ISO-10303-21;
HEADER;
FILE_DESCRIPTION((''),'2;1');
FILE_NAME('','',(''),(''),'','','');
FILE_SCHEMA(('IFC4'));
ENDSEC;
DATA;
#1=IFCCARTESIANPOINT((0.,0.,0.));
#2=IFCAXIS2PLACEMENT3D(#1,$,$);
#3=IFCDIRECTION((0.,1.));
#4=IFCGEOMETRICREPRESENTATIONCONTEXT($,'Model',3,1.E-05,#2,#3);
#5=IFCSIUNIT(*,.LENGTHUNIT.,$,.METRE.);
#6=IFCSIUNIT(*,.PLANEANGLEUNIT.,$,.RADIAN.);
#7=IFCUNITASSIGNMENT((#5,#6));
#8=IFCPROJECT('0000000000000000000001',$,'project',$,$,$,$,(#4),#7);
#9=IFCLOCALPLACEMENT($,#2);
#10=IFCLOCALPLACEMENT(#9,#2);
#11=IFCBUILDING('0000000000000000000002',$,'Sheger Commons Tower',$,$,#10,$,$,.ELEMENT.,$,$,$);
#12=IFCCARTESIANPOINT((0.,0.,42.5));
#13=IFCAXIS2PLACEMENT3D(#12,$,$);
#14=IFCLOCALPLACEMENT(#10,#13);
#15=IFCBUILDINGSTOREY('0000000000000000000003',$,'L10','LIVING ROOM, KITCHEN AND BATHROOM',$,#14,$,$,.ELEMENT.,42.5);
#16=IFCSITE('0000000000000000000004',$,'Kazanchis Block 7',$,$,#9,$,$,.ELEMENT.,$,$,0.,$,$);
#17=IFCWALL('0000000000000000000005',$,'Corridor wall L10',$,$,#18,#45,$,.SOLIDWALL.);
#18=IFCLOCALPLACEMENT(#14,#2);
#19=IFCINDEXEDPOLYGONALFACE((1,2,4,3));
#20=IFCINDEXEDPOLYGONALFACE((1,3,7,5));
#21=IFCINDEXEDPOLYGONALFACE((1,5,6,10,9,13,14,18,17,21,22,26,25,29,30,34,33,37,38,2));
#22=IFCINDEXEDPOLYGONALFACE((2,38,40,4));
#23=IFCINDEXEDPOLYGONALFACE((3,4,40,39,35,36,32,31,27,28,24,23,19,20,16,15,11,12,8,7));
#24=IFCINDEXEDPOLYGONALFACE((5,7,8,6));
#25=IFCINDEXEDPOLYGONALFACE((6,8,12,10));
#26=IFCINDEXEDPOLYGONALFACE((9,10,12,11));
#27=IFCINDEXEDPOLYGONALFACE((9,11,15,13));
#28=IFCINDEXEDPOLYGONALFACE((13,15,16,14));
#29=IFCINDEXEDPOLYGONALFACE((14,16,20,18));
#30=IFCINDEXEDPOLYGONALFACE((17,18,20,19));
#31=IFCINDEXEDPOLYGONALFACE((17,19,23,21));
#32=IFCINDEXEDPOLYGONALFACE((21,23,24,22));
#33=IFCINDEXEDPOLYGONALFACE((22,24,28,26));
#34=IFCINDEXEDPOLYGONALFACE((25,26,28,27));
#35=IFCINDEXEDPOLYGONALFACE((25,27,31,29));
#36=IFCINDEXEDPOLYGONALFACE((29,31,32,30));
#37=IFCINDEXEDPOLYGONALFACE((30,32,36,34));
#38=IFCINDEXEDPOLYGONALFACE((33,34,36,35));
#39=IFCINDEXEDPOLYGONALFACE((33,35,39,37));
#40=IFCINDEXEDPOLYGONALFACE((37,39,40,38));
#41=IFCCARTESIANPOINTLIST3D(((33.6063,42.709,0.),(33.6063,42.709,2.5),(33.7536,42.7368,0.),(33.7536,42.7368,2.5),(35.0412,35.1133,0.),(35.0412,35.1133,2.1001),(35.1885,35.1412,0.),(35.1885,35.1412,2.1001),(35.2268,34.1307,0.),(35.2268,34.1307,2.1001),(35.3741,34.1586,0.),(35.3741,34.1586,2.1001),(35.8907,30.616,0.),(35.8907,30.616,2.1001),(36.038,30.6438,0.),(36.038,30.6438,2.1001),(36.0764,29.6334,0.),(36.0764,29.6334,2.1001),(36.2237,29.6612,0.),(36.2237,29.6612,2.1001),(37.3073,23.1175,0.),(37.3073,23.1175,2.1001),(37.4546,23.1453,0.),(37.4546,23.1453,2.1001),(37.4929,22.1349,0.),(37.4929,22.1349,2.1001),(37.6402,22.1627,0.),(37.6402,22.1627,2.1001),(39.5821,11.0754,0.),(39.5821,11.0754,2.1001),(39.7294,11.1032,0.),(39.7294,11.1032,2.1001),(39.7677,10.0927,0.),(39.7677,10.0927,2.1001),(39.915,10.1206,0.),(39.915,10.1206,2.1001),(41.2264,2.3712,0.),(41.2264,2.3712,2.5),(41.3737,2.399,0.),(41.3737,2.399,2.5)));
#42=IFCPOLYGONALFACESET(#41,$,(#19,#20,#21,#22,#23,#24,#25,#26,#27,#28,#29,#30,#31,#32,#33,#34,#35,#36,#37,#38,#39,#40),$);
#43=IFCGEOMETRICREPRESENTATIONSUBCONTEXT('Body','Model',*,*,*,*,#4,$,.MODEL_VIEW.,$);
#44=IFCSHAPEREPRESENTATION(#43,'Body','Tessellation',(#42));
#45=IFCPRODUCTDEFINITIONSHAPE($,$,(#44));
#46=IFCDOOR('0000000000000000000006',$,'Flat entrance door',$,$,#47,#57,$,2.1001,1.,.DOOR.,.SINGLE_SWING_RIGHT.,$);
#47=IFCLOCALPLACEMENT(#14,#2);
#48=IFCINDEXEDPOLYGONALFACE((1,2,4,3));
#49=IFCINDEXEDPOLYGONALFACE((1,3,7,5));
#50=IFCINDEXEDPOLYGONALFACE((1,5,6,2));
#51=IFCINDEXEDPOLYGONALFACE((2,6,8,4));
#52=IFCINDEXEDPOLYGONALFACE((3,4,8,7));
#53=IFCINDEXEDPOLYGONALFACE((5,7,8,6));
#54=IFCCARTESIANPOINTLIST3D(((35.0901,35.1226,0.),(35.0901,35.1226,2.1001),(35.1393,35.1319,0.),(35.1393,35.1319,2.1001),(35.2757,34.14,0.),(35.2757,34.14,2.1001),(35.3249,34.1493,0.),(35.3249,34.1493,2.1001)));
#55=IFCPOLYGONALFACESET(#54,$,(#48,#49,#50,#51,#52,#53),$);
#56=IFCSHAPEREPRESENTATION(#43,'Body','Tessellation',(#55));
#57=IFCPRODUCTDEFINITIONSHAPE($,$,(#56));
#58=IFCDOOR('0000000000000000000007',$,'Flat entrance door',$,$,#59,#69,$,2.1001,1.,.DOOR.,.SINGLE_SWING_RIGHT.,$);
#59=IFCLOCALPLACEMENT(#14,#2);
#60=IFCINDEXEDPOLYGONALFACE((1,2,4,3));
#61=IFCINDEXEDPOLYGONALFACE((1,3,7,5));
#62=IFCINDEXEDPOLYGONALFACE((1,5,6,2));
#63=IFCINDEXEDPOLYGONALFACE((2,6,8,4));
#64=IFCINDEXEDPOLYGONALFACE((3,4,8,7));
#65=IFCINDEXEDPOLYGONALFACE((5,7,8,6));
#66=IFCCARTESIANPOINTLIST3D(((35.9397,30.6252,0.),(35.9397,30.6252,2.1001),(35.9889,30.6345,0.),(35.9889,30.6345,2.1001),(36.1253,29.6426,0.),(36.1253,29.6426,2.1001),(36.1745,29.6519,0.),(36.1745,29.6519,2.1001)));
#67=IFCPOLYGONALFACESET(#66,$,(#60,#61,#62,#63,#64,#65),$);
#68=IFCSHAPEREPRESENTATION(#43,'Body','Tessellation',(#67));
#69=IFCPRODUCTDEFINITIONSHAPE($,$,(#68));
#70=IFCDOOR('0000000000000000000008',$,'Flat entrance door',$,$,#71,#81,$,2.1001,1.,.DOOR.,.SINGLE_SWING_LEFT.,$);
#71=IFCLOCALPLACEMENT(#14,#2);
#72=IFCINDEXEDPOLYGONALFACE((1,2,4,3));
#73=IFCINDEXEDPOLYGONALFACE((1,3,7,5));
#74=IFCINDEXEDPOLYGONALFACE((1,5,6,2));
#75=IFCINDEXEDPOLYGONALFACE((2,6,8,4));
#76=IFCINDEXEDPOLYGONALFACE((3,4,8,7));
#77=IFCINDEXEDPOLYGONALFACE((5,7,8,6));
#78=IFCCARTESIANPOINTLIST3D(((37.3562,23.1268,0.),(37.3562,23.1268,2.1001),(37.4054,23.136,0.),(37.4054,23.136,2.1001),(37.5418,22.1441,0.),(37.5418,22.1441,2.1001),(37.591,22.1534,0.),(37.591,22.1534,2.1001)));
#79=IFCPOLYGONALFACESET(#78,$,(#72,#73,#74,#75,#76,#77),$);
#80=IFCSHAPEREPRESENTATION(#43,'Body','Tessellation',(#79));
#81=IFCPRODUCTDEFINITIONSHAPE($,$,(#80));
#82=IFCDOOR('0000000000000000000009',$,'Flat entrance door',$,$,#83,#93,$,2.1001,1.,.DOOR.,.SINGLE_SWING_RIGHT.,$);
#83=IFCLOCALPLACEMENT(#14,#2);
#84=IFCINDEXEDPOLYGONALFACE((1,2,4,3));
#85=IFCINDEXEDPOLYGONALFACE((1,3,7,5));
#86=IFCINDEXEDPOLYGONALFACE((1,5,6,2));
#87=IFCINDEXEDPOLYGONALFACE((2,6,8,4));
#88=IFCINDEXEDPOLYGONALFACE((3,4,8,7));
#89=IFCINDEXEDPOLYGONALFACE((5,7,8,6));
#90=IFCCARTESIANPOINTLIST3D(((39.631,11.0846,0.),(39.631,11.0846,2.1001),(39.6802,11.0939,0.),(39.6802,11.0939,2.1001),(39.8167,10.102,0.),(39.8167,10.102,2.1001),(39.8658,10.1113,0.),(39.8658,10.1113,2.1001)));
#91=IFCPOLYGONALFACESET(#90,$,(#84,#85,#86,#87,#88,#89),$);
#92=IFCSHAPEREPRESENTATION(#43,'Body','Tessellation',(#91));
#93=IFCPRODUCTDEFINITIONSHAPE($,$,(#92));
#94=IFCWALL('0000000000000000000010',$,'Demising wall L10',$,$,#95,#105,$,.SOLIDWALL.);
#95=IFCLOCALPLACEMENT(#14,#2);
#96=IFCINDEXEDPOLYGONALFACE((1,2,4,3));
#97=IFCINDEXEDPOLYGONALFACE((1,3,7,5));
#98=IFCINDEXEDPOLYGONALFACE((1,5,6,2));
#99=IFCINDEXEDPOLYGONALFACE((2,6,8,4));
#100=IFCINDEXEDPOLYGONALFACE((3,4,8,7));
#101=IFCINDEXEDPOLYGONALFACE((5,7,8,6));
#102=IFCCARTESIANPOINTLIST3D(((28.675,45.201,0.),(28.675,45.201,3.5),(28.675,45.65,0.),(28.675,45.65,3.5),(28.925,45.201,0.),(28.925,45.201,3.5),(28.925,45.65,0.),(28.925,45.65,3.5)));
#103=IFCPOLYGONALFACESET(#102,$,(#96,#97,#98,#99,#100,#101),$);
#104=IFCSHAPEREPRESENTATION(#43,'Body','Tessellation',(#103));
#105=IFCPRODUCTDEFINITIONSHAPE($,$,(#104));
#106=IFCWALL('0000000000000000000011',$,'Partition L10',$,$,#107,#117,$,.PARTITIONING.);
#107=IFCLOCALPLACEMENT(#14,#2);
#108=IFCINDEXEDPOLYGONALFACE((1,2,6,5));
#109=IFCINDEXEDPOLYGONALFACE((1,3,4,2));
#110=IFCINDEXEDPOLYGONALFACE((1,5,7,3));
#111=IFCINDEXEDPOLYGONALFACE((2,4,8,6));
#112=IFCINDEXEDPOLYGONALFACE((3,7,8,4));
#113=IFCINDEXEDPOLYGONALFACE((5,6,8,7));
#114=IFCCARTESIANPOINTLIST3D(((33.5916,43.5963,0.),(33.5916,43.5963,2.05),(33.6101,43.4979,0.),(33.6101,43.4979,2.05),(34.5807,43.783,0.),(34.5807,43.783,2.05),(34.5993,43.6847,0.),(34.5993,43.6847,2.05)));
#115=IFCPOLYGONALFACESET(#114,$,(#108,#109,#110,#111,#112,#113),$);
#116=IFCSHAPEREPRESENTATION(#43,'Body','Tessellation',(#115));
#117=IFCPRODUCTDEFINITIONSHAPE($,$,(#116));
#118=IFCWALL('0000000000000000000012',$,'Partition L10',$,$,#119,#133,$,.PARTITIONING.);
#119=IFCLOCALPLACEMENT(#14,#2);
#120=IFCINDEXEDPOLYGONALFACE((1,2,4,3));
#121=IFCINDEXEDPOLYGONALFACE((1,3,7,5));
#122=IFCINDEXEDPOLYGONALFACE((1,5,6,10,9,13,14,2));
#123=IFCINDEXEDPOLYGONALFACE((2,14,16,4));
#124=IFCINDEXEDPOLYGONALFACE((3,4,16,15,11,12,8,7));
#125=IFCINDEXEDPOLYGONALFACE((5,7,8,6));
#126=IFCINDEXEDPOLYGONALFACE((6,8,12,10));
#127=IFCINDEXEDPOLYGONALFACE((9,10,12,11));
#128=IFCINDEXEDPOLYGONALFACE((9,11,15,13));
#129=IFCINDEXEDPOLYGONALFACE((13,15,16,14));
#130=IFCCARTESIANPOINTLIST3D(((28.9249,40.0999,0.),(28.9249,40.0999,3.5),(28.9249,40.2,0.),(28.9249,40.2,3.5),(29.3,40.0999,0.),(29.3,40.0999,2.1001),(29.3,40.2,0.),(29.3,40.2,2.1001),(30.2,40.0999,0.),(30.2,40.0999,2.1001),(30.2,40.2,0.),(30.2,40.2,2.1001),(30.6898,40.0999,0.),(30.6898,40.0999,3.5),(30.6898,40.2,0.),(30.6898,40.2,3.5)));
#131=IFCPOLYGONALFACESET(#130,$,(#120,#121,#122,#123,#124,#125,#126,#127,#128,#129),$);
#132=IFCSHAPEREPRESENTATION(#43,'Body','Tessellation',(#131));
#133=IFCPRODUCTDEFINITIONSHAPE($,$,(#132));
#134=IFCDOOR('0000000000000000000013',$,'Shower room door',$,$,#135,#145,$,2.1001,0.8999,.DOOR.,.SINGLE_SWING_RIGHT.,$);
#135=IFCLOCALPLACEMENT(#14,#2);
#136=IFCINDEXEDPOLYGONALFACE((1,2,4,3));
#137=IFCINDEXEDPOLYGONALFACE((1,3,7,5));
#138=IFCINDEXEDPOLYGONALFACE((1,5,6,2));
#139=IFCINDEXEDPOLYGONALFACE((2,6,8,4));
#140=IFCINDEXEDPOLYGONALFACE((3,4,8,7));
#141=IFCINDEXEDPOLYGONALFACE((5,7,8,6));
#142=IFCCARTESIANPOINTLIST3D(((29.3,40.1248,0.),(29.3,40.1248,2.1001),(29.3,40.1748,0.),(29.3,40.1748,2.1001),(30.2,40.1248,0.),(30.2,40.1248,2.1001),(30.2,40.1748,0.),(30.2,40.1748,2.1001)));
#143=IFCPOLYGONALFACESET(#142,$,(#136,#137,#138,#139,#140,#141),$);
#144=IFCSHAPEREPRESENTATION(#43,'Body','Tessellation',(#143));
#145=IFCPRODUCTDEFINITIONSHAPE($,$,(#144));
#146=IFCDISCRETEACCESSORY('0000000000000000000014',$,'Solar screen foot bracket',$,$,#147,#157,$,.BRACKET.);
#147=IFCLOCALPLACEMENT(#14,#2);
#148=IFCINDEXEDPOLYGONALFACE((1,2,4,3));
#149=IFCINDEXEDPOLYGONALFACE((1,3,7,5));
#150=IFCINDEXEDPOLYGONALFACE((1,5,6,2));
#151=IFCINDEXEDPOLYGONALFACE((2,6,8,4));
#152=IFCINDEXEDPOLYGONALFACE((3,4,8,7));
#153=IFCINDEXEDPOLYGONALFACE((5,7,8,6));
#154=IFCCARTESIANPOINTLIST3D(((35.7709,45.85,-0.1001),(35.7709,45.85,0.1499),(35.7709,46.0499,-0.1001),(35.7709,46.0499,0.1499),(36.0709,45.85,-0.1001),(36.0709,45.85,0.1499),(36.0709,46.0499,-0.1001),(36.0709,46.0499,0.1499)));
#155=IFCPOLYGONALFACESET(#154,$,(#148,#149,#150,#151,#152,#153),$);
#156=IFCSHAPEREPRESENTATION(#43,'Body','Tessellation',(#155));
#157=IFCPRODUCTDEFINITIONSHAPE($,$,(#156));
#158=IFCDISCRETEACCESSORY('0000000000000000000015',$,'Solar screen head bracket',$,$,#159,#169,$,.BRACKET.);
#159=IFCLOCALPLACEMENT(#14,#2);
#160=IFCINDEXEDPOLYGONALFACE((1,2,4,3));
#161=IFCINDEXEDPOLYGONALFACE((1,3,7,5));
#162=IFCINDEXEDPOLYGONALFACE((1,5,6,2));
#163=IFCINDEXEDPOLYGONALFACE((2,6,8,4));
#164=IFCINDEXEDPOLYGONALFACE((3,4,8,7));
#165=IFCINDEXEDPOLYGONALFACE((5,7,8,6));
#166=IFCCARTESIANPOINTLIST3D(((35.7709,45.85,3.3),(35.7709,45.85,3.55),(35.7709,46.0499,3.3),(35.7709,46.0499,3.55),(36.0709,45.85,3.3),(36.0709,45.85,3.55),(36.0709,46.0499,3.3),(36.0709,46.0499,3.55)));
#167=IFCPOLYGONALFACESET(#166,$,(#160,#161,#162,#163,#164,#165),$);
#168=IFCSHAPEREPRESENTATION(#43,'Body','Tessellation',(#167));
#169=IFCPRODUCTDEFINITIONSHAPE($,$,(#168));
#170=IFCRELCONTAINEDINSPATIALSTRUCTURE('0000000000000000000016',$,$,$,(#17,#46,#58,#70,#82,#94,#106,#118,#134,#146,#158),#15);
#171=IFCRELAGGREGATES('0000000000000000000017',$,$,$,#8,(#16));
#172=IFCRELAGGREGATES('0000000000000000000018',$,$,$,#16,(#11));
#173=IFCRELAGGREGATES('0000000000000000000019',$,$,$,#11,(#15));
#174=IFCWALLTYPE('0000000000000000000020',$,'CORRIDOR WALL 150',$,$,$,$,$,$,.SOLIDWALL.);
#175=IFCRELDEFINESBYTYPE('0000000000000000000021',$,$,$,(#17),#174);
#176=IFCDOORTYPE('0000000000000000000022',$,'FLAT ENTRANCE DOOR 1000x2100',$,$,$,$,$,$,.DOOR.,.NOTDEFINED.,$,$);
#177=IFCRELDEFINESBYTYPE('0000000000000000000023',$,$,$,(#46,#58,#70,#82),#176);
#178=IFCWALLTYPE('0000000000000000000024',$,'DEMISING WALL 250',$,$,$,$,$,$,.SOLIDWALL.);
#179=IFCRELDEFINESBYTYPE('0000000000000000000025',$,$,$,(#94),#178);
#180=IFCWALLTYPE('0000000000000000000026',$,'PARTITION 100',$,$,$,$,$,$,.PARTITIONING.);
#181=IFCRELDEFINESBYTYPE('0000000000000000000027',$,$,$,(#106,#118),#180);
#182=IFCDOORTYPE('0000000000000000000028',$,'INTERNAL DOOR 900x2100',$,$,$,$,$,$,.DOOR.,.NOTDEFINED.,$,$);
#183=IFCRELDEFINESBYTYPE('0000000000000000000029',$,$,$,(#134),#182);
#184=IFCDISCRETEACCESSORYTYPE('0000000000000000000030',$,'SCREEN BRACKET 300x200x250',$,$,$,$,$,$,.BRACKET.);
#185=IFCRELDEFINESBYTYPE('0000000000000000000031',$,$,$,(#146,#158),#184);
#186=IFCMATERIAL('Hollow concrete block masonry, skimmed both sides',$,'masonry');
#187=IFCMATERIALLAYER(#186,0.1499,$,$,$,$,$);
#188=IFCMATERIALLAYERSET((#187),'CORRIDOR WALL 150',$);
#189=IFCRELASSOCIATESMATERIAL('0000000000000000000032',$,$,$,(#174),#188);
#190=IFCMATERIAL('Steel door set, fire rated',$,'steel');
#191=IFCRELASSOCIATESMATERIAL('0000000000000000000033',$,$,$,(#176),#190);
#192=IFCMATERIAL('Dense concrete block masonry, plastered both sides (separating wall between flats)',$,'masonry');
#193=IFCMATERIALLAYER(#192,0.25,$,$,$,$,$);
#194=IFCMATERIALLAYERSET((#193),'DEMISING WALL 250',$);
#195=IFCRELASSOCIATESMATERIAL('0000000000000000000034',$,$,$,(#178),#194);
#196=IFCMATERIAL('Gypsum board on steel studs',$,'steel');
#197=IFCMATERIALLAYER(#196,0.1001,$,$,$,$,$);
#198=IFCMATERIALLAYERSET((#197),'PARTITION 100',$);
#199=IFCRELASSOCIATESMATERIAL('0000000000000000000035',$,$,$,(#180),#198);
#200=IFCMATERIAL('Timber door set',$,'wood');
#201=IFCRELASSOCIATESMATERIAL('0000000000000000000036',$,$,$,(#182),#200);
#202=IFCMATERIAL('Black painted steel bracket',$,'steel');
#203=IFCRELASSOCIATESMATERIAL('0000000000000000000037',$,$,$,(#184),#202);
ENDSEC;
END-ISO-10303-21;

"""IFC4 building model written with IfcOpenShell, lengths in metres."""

from ifc_helpers import new_model, si_unit, direction, frame, frame_2d, origin, origin_2d, place, context, subcontext, project, spatial, rectangle, extrude, material, layer, layer_set, type_object, element, fill, save


model = new_model("IFC4")

# Units and contexts
model_context = context("Model", 3, precision=1e-05, world=origin(), true_north=direction((0.0, 1.0)))
body_context = subcontext(model_context, "Body", "Model", "MODEL_VIEW")
ifc_project = project(units=[si_unit("LENGTHUNIT", "METRE"), si_unit("PLANEANGLEUNIT", "RADIAN")], contexts=[model_context])

# Site, building, storey
site_placement = place(None, origin())
site = spatial("IfcSite", under=ifc_project, at=site_placement, Name="Kazanchis Block 7", CompositionType="ELEMENT", RefElevation=0.0)
building_placement = place(site_placement, origin())
building = spatial("IfcBuilding", under=site, at=building_placement, Name="Sheger Commons Tower", CompositionType="ELEMENT")
storey_placement = place(building_placement, frame((0.0, 0.0, 42.5)))
storey = spatial("IfcBuildingStorey", under=building, at=storey_placement, Name="L10", Description="LIVING ROOM, KITCHEN AND BATHROOM", CompositionType="ELEMENT", Elevation=42.5)

# Shared definitions
ifc_material_1 = material(Name="Hollow concrete block masonry, skimmed both sides", Category="masonry")
ifc_layer_1 = layer(ifc_material_1, 0.1499)
ifc_layer_set_1 = layer_set([ifc_layer_1], Name="CORRIDOR WALL 150")
wall_type_1 = type_object("IfcWallType", Name="CORRIDOR WALL 150", PredefinedType="SOLIDWALL", material=ifc_layer_set_1)

# Wall, openings, doors
wall_1_placement = place(storey_placement, frame((33.6799, 42.7229, 0.0), z_axis=(0.0, 0.0, 1.0), x_axis=(0.185624, -0.982621, 0.0)))
wall_1 = element("IfcWall", 1, at=wall_1_placement, inside=storey, type_object=wall_type_1, Name="Corridor wall L10", PredefinedType="SOLIDWALL", context=body_context, shape_type="SweptSolid", body=[
    extrude(rectangle(XDim=41.0513, YDim=0.1499, at=frame_2d((20.5256, 0.0))), origin(), (0.0, 0.0, 1.0), 2.5),
])
opening_1_placement = place(wall_1_placement, frame((7.73, 0.0, 0.0)))
opening_1 = element("IfcOpeningElement", 2, at=opening_1_placement, cuts=wall_1, PredefinedType="OPENING", context=body_context, shape_type="SweptSolid", body=[
    extrude(rectangle(XDim=1.0, YDim=2.1001, at=frame_2d((0.5, 1.05))), frame((0.0, 0.085, 0.0), z_axis=(0.0, -1.0, 0.0), x_axis=(1.0, 0.0, 0.0)), (0.0, 0.0, 1.0), 0.1699),
])
opening_2_placement = place(wall_1_placement, frame((12.3069, 0.0, 0.0)))
opening_2 = element("IfcOpeningElement", 3, at=opening_2_placement, cuts=wall_1, PredefinedType="OPENING", context=body_context, shape_type="SweptSolid", body=[
    extrude(rectangle(XDim=1.0, YDim=2.1001, at=frame_2d((0.5, 1.05))), frame((0.0, 0.085, 0.0), z_axis=(0.0, -1.0, 0.0), x_axis=(1.0, 0.0, 0.0)), (0.0, 0.0, 1.0), 0.1699),
])
opening_3_placement = place(wall_1_placement, frame((19.938, 0.0, 0.0)))
opening_3 = element("IfcOpeningElement", 4, at=opening_3_placement, cuts=wall_1, PredefinedType="OPENING", context=body_context, shape_type="SweptSolid", body=[
    extrude(rectangle(XDim=1.0, YDim=2.1001, at=frame_2d((0.5, 1.05))), frame((0.0, 0.085, 0.0), z_axis=(0.0, -1.0, 0.0), x_axis=(1.0, 0.0, 0.0)), (0.0, 0.0, 1.0), 0.1699),
])
opening_4_placement = place(wall_1_placement, frame((32.1931, 0.0, 0.0)))
opening_4 = element("IfcOpeningElement", 5, at=opening_4_placement, cuts=wall_1, PredefinedType="OPENING", context=body_context, shape_type="SweptSolid", body=[
    extrude(rectangle(XDim=1.0, YDim=2.1001, at=frame_2d((0.5, 1.05))), frame((0.0, 0.085, 0.0), z_axis=(0.0, -1.0, 0.0), x_axis=(1.0, 0.0, 0.0)), (0.0, 0.0, 1.0), 0.1699),
])
ifc_material_2 = material(Name="Steel door set, fire rated", Category="steel")
door_type_1 = type_object("IfcDoorType", Name="FLAT ENTRANCE DOOR 1000x2100", OperationType="NOTDEFINED", PredefinedType="DOOR", material=ifc_material_2)
door_1_placement = place(opening_1_placement, origin())
door_1 = element("IfcDoor", 6, at=door_1_placement, inside=storey, type_object=door_type_1, Name="Flat entrance door", OperationType="SINGLE_SWING_RIGHT", OverallHeight=2.1001, OverallWidth=1.0, PredefinedType="DOOR", context=body_context, shape_type="SweptSolid", body=[
    extrude(rectangle(XDim=1.0, YDim=2.1001, at=frame_2d((0.5, 1.05))), frame((0.0, 0.0249, 0.0), z_axis=(0.0, -1.0, 0.0), x_axis=(1.0, 0.0, 0.0)), (0.0, 0.0, 1.0), 0.05),
])
fill(opening_1, door_1)
door_2_placement = place(opening_2_placement, origin())
door_2 = element("IfcDoor", 7, at=door_2_placement, inside=storey, type_object=door_type_1, Name="Flat entrance door", OperationType="SINGLE_SWING_RIGHT", OverallHeight=2.1001, OverallWidth=1.0, PredefinedType="DOOR", context=body_context, shape_type="SweptSolid", body=[
    extrude(rectangle(XDim=1.0, YDim=2.1001, at=frame_2d((0.5, 1.05))), frame((0.0, 0.0249, 0.0), z_axis=(0.0, -1.0, 0.0), x_axis=(1.0, 0.0, 0.0)), (0.0, 0.0, 1.0), 0.05),
])
fill(opening_2, door_2)
door_3_placement = place(opening_3_placement, origin())
door_3 = element("IfcDoor", 8, at=door_3_placement, inside=storey, type_object=door_type_1, Name="Flat entrance door", OperationType="SINGLE_SWING_LEFT", OverallHeight=2.1001, OverallWidth=1.0, PredefinedType="DOOR", context=body_context, shape_type="SweptSolid", body=[
    extrude(rectangle(XDim=1.0, YDim=2.1001, at=frame_2d((0.5, 1.05))), frame((0.0, 0.0249, 0.0), z_axis=(0.0, -1.0, 0.0), x_axis=(1.0, 0.0, 0.0)), (0.0, 0.0, 1.0), 0.05),
])
fill(opening_3, door_3)
door_4_placement = place(opening_4_placement, origin())
door_4 = element("IfcDoor", 9, at=door_4_placement, inside=storey, type_object=door_type_1, Name="Flat entrance door", OperationType="SINGLE_SWING_RIGHT", OverallHeight=2.1001, OverallWidth=1.0, PredefinedType="DOOR", context=body_context, shape_type="SweptSolid", body=[
    extrude(rectangle(XDim=1.0, YDim=2.1001, at=frame_2d((0.5, 1.05))), frame((0.0, 0.0249, 0.0), z_axis=(0.0, -1.0, 0.0), x_axis=(1.0, 0.0, 0.0)), (0.0, 0.0, 1.0), 0.05),
])
fill(opening_4, door_4)

# Walls
ifc_material_3 = material(Name="Dense concrete block masonry, plastered both sides (separating wall between flats)", Category="masonry")
ifc_layer_2 = layer(ifc_material_3, 0.25)
ifc_layer_set_2 = layer_set([ifc_layer_2], Name="DEMISING WALL 250")
wall_type_2 = type_object("IfcWallType", Name="DEMISING WALL 250", PredefinedType="SOLIDWALL", material=ifc_layer_set_2)
wall_2_placement = place(storey_placement, frame((28.8, 45.2009, 0.0), z_axis=(0.0, 0.0, 1.0), x_axis=(0.0, 1.0, 0.0)))
element("IfcWall", 10, at=wall_2_placement, inside=storey, type_object=wall_type_2, Name="Demising wall L10", PredefinedType="SOLIDWALL", context=body_context, shape_type="SweptSolid", body=[
    extrude(rectangle(XDim=0.449, YDim=0.25, at=frame_2d((0.2246, 0.0))), origin(), (0.0, 0.0, 1.0), 3.5),
])
ifc_material_4 = material(Name="Gypsum board on steel studs", Category="steel")
ifc_layer_3 = layer(ifc_material_4, 0.1001)
ifc_layer_set_3 = layer_set([ifc_layer_3], Name="PARTITION 100")
wall_type_3 = type_object("IfcWallType", Name="PARTITION 100", PredefinedType="PARTITIONING", material=ifc_layer_set_3)
wall_3_placement = place(storey_placement, frame((34.5901, 43.7339, 0.0), z_axis=(0.0, 0.0, 1.0), x_axis=(-0.982632, -0.185563, 0.0)))
element("IfcWall", 11, at=wall_3_placement, inside=storey, type_object=wall_type_3, Name="Partition L10", PredefinedType="PARTITIONING", context=body_context, shape_type="SweptSolid", body=[
    extrude(rectangle(XDim=1.0066, YDim=0.1001, at=frame_2d((0.5034, 0.0))), origin(), (0.0, 0.0, 1.0), 2.05),
])

# Wall, opening, door
wall_4_placement = place(storey_placement, frame((28.925, 40.1499, 0.0), z_axis=(0.0, 0.0, 1.0), x_axis=(1.0, 0.0, 0.0)))
wall_4 = element("IfcWall", 12, at=wall_4_placement, inside=storey, type_object=wall_type_3, Name="Partition L10", PredefinedType="PARTITIONING", context=body_context, shape_type="SweptSolid", body=[
    extrude(rectangle(XDim=1.7649, YDim=0.1001, at=frame_2d((0.8823, 0.0))), origin(), (0.0, 0.0, 1.0), 3.5),
])
opening_5_placement = place(wall_4_placement, frame((0.375, 0.0, 0.0)))
opening_5 = element("IfcOpeningElement", 13, at=opening_5_placement, cuts=wall_4, PredefinedType="OPENING", context=body_context, shape_type="SweptSolid", body=[
    extrude(rectangle(XDim=0.8999, YDim=2.1001, at=frame_2d((0.45, 1.05))), frame((0.0, 0.0601, 0.0), z_axis=(0.0, -1.0, 0.0), x_axis=(1.0, 0.0, 0.0)), (0.0, 0.0, 1.0), 0.1201),
])
ifc_material_5 = material(Name="Timber door set", Category="wood")
door_type_2 = type_object("IfcDoorType", Name="INTERNAL DOOR 900x2100", OperationType="NOTDEFINED", PredefinedType="DOOR", material=ifc_material_5)
door_5_placement = place(opening_5_placement, origin())
door_5 = element("IfcDoor", 14, at=door_5_placement, inside=storey, type_object=door_type_2, Name="Shower room door", OperationType="SINGLE_SWING_RIGHT", OverallHeight=2.1001, OverallWidth=0.8999, PredefinedType="DOOR", context=body_context, shape_type="SweptSolid", body=[
    extrude(rectangle(XDim=0.8999, YDim=2.1001, at=frame_2d((0.45, 1.05))), frame((0.0, 0.0249, 0.0), z_axis=(0.0, -1.0, 0.0), x_axis=(1.0, 0.0, 0.0)), (0.0, 0.0, 1.0), 0.05),
])
fill(opening_5, door_5)

# Discrete accessories
ifc_material_6 = material(Name="Black painted steel bracket", Category="steel")
discrete_accessory_type = type_object("IfcDiscreteAccessoryType", Name="SCREEN BRACKET 300x200x250", PredefinedType="BRACKET", material=ifc_material_6)
for number, where, z_axis, x_axis, name in (
    (15, (35.9209, 45.95, -0.1001), (0.0, 0.0, 1.0), (-1.0, 0.0, 0.0), "Solar screen foot bracket"),
    (16, (35.9209, 45.95, 3.3), (0.0, 0.0, 1.0), (-1.0, 0.0, 0.0), "Solar screen head bracket"),
):
    element("IfcDiscreteAccessory", number, at=place(storey_placement, frame(where, z_axis=z_axis, x_axis=x_axis)), inside=storey, type_object=discrete_accessory_type, Name=name, PredefinedType="BRACKET", context=body_context, shape_type="SweptSolid", body=[
        extrude(rectangle(XDim=0.3, YDim=0.2, at=origin_2d()), origin(), (0.0, 0.0, 1.0), 0.25),
    ])

save(model, "model.ifc")
